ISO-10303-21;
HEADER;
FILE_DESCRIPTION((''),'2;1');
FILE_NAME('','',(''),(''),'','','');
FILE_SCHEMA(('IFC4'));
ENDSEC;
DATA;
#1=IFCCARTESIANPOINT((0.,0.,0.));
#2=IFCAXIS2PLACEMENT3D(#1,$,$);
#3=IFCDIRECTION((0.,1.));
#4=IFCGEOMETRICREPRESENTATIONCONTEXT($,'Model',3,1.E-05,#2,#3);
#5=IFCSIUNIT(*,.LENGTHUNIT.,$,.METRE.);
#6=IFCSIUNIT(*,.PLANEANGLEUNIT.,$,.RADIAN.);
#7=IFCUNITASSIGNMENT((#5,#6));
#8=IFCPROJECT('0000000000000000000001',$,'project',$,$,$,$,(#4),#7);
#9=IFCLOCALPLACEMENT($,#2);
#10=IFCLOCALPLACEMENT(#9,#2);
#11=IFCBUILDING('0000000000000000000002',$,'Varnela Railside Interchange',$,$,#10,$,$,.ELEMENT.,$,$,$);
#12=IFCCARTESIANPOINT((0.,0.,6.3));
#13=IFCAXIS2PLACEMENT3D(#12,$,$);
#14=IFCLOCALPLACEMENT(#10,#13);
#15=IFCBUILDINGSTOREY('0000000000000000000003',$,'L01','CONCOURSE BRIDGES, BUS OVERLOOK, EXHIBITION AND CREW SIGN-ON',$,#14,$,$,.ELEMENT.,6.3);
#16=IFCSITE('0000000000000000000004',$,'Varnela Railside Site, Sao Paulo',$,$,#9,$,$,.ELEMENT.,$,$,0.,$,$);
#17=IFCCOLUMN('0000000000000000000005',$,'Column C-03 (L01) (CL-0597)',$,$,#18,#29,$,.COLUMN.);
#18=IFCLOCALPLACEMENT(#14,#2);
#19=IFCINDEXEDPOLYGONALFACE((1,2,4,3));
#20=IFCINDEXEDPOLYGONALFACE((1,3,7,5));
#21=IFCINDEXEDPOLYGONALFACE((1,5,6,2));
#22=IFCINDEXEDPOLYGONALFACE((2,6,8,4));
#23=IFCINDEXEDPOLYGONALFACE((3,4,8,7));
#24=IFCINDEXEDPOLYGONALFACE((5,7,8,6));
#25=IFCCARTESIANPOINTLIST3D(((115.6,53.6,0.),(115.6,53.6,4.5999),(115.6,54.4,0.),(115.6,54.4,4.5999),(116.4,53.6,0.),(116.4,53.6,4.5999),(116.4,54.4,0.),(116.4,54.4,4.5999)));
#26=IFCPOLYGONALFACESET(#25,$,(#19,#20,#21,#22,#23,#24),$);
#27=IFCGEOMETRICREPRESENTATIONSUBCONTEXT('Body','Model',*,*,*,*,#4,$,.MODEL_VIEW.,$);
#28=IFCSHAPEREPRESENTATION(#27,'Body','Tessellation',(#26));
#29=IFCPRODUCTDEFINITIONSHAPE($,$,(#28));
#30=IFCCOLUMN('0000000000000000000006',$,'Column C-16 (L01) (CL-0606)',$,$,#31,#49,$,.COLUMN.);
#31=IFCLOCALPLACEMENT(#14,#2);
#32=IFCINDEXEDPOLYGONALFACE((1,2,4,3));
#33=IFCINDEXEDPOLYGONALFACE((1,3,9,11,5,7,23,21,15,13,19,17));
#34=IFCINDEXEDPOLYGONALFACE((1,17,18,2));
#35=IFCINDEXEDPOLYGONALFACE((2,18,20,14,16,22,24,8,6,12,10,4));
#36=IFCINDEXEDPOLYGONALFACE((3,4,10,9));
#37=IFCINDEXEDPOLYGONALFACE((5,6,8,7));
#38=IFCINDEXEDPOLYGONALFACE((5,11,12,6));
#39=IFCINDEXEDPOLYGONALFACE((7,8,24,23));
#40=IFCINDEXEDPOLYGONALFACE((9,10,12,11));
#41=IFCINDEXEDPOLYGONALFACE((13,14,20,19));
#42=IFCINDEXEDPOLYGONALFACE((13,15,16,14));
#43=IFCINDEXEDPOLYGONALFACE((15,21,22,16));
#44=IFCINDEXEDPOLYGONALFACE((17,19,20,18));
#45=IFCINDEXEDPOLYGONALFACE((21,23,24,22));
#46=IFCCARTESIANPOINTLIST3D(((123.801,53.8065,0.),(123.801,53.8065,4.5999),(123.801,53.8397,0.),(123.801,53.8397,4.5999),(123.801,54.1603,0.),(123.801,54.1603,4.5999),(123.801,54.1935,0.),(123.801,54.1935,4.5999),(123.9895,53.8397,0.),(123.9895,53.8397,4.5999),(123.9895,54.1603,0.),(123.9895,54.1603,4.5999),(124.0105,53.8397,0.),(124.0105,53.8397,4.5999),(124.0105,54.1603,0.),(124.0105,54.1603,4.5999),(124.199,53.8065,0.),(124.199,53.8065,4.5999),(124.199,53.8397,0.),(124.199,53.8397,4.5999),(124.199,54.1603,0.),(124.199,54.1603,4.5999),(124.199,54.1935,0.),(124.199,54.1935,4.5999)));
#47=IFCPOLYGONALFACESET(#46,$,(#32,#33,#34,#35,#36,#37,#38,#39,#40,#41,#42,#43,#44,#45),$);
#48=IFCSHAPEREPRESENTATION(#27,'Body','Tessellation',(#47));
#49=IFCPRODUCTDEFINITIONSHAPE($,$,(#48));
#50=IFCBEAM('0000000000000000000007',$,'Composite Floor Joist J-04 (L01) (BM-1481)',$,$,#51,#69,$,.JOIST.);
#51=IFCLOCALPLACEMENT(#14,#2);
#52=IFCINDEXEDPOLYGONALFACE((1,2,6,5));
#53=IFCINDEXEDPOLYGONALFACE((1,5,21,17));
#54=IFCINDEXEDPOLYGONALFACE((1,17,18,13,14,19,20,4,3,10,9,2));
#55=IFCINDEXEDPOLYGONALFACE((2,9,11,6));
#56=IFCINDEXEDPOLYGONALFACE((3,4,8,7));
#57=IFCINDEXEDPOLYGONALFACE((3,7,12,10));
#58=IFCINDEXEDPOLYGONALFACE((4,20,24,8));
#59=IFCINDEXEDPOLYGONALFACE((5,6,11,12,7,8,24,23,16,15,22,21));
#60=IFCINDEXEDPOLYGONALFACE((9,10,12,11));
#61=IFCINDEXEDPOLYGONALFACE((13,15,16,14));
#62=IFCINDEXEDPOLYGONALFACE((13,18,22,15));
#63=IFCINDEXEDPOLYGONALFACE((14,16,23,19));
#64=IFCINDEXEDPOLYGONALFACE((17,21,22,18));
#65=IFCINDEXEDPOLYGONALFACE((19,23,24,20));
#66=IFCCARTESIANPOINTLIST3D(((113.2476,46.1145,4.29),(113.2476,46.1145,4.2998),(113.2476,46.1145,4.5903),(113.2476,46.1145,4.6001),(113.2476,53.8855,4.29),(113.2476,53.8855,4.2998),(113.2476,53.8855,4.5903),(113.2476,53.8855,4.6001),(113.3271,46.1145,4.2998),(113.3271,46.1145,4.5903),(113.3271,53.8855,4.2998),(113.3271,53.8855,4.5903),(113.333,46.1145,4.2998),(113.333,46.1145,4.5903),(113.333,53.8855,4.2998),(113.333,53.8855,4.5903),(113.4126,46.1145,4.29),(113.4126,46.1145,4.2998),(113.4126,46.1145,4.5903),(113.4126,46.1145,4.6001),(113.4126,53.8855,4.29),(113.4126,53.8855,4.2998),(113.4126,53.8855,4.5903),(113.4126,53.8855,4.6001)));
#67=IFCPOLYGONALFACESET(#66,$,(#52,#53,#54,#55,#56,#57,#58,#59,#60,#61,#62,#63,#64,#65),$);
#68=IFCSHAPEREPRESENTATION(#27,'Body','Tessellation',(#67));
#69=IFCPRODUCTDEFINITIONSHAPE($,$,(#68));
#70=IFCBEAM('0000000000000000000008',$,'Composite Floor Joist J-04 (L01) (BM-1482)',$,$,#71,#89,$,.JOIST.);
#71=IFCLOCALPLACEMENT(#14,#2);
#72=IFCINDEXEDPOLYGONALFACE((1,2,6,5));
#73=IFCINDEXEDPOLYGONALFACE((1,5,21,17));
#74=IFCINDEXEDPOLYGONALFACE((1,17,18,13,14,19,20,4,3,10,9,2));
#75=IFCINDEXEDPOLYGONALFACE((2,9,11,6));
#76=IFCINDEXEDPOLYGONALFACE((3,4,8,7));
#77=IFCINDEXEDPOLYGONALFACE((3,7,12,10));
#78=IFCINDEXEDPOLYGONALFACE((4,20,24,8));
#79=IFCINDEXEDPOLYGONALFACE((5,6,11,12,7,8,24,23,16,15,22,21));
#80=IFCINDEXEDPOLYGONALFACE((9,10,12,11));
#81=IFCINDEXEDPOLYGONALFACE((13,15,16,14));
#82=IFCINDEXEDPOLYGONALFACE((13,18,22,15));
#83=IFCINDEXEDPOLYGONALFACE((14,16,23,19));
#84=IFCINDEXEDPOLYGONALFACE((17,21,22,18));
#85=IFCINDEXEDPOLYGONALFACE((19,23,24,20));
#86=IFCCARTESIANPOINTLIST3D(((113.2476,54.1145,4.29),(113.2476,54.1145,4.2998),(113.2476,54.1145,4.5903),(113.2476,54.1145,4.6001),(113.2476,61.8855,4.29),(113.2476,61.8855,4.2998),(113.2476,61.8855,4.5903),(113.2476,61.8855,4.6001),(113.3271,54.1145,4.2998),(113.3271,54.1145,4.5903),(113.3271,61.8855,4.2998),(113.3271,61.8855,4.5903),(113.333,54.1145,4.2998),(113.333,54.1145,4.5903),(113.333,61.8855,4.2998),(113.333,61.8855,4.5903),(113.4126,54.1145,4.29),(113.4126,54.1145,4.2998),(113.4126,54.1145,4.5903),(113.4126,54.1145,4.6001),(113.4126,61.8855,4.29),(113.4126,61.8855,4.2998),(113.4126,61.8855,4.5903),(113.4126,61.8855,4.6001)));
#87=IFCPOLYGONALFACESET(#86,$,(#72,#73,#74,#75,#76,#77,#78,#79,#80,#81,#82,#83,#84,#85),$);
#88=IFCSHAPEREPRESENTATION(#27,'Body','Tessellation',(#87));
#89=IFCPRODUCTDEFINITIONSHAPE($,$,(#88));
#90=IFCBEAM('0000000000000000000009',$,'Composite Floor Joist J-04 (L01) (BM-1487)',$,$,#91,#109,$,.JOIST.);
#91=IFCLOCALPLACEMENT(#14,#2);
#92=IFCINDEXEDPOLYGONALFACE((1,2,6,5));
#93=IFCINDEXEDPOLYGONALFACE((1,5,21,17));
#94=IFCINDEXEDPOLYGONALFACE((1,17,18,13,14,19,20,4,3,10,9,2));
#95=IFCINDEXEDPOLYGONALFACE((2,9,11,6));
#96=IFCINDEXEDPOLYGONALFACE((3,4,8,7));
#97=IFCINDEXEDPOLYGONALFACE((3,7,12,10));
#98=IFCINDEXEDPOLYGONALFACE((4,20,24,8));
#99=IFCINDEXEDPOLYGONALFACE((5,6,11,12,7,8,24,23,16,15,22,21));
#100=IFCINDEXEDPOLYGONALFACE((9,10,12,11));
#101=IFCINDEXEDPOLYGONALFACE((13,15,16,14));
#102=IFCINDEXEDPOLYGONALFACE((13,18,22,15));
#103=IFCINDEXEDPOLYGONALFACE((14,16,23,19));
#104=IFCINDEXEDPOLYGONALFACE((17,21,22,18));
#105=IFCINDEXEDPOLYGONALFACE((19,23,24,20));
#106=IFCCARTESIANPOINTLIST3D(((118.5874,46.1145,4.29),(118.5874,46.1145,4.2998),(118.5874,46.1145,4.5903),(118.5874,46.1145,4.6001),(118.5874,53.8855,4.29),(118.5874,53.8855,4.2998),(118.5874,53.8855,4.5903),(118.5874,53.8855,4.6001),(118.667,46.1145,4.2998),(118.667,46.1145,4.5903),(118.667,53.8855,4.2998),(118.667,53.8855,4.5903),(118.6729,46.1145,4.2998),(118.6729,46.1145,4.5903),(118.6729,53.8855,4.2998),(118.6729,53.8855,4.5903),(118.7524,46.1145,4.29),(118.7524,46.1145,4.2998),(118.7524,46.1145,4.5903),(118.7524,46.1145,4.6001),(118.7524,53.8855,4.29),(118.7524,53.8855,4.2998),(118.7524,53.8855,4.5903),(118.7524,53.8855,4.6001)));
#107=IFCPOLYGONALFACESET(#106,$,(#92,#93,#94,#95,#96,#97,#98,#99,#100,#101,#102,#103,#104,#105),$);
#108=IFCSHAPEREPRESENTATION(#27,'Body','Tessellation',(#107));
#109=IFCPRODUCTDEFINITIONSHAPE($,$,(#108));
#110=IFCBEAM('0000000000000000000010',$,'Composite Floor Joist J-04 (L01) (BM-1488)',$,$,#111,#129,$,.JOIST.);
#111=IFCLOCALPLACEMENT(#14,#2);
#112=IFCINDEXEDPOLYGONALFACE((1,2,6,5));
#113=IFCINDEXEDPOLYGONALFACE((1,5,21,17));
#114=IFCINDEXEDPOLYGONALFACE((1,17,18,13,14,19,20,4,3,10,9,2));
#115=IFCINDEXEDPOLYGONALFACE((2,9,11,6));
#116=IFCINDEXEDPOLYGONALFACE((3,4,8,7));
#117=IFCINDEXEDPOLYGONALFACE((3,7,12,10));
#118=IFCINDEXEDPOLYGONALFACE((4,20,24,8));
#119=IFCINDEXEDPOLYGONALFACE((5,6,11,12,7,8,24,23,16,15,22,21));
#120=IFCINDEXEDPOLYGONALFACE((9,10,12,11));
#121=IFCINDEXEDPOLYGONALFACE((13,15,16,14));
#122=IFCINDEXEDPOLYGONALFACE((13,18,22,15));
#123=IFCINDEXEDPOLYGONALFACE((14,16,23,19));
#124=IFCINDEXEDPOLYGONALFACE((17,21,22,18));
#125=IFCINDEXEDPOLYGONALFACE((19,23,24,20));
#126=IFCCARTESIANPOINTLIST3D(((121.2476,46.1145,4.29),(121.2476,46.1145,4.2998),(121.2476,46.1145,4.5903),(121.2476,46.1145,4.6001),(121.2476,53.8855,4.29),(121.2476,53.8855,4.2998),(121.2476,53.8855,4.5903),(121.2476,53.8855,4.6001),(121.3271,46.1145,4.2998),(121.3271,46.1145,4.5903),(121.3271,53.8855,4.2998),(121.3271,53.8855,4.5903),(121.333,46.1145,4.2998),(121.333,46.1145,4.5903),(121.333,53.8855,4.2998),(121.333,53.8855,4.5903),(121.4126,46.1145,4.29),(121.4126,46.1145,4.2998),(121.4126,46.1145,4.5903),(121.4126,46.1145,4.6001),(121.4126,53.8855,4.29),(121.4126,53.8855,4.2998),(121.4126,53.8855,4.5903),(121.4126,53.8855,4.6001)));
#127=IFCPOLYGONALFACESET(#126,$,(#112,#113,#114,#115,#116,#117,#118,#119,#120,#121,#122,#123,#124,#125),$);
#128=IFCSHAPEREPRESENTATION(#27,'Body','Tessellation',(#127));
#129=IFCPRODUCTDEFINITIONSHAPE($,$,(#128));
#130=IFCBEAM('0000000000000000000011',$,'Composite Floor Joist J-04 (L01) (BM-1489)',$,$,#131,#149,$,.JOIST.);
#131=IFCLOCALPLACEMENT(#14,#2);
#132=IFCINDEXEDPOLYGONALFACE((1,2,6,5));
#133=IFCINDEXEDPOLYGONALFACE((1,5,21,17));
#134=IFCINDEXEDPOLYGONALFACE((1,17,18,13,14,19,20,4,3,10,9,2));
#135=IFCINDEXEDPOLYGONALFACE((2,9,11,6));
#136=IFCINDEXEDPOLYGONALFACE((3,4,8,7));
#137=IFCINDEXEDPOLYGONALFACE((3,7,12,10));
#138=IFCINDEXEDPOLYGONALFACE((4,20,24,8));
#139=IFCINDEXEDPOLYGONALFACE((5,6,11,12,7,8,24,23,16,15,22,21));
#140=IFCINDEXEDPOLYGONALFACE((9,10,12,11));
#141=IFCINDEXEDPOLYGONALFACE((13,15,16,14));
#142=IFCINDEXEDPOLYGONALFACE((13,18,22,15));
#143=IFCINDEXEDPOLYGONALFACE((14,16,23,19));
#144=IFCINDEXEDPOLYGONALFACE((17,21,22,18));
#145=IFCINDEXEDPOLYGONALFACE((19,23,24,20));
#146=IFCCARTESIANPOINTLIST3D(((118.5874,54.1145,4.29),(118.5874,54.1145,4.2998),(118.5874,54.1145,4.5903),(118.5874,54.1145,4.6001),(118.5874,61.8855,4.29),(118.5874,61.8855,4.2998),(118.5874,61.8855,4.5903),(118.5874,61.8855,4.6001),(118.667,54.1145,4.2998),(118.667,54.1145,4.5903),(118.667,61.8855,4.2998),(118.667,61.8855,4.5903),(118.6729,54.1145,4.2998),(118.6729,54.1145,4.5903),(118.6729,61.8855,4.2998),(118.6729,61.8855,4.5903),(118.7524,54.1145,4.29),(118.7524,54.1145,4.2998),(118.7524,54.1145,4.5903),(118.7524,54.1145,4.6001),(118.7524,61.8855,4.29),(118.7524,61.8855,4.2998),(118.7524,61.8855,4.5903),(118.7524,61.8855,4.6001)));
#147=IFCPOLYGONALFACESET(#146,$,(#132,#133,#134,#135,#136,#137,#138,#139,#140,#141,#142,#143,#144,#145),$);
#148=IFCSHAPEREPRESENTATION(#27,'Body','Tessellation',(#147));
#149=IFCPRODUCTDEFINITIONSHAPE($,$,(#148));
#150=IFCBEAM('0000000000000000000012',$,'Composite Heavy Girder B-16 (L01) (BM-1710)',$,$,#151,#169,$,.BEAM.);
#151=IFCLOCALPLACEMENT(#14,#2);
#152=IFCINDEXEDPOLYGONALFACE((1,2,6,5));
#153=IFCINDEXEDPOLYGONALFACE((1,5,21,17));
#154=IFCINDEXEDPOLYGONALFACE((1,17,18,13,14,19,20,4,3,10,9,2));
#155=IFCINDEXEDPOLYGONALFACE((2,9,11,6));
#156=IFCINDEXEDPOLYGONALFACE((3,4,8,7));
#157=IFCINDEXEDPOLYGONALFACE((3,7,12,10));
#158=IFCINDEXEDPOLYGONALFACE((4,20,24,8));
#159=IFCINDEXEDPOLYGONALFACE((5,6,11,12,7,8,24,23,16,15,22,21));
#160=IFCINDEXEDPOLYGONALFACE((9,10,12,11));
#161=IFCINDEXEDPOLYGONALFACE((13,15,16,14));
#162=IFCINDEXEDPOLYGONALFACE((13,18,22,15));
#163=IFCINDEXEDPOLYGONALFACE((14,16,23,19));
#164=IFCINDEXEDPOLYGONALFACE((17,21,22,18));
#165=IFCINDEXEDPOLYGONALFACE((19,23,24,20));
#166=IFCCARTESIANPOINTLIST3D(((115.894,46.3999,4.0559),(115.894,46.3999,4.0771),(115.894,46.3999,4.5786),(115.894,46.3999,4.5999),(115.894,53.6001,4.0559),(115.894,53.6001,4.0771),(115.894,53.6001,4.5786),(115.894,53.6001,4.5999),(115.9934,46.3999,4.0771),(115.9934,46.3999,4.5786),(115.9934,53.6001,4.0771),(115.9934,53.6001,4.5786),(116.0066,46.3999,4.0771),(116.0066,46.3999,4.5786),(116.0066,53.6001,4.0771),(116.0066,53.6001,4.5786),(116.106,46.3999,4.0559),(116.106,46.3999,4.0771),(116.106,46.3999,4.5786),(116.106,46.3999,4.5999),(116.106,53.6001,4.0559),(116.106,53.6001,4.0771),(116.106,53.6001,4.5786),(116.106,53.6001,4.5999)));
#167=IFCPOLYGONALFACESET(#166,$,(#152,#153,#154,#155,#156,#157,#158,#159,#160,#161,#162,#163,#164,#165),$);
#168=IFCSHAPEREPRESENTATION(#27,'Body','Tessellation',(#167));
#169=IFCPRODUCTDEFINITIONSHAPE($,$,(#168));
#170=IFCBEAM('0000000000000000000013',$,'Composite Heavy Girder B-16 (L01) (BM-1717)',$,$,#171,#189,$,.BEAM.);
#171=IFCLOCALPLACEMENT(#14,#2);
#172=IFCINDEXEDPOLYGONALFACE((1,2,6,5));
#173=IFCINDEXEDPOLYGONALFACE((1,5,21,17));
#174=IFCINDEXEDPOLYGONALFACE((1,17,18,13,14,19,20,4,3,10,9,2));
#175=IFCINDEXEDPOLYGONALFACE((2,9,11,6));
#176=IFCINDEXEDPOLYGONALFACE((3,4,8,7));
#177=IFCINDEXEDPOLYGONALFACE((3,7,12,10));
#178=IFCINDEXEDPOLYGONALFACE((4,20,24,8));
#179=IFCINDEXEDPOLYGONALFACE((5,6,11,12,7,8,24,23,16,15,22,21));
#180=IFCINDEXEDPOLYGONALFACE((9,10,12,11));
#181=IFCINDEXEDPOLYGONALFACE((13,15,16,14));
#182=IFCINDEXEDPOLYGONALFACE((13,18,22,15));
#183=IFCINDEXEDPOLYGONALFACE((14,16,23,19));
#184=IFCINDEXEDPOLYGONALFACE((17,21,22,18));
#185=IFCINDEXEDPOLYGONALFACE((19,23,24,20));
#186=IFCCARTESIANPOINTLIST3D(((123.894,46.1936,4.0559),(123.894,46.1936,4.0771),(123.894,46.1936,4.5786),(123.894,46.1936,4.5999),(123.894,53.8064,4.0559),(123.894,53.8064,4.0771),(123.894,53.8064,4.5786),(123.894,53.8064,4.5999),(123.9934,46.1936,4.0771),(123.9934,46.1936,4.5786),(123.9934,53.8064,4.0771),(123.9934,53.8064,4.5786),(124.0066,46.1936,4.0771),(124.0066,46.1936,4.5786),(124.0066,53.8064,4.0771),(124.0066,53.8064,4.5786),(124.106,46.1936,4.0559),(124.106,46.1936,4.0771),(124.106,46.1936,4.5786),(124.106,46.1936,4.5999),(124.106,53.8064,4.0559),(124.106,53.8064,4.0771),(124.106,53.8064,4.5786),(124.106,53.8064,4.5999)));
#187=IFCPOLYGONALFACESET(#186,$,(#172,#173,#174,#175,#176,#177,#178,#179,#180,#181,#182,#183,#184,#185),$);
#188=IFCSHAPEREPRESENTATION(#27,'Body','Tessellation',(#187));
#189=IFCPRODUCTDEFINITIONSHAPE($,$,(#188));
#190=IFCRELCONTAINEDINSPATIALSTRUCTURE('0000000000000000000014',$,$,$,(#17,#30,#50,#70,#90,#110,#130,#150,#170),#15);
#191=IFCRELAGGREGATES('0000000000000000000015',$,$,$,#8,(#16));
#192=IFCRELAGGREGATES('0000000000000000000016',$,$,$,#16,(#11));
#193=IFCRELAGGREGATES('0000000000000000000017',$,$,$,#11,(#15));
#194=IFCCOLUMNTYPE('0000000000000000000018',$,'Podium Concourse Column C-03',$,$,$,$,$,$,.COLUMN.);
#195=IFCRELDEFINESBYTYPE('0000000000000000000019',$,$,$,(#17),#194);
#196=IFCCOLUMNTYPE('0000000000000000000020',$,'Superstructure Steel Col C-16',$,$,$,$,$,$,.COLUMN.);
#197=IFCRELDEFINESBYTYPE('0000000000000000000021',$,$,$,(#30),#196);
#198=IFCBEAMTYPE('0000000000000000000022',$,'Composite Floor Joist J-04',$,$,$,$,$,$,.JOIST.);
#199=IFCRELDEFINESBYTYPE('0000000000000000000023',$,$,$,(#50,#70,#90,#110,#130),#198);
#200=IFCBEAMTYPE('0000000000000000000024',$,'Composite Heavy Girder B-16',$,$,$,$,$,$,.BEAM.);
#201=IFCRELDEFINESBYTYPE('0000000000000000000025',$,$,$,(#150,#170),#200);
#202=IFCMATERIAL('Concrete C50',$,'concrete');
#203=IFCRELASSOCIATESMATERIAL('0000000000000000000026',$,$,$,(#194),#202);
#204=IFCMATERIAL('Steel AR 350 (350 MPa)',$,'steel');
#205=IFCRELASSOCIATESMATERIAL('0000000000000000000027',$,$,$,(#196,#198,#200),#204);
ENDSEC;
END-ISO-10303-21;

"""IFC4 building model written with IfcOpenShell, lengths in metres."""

from ifc_helpers import new_model, si_unit, direction, frame, origin, origin_2d, place, context, subcontext, project, spatial, rectangle, i_section, extrude, material, material_profile, profile_set, type_object, element, save


model = new_model("IFC4")

# Units and contexts
model_context = context("Model", 3, precision=1e-05, world=origin(), true_north=direction((0.0, 1.0)))
body_context = subcontext(model_context, "Body", "Model", "MODEL_VIEW")
ifc_project = project(units=[si_unit("LENGTHUNIT", "METRE"), si_unit("PLANEANGLEUNIT", "RADIAN")], contexts=[model_context])

# Site, building, storey
site_placement = place(None, origin())
site = spatial("IfcSite", under=ifc_project, at=site_placement, Name="Varnela Railside Site, Sao Paulo", CompositionType="ELEMENT", RefElevation=0.0)
building_placement = place(site_placement, origin())
building = spatial("IfcBuilding", under=site, at=building_placement, Name="Varnela Railside Interchange", CompositionType="ELEMENT")
storey_placement = place(building_placement, frame((0.0, 0.0, 6.3)))
storey = spatial("IfcBuildingStorey", under=building, at=storey_placement, Name="L01", Description="CONCOURSE BRIDGES, BUS OVERLOOK, EXHIBITION AND CREW SIGN-ON", CompositionType="ELEMENT", Elevation=6.3)

# Columns
ifc_material_1 = material(Name="Concrete C50", Category="concrete")
ifc_material_profile_1 = material_profile(ifc_material_1, rectangle(XDim=0.8, YDim=0.8, at=origin_2d()), Name="RC 800x800")
ifc_profile_set_1 = profile_set([ifc_material_profile_1], Name="Concrete C50")
column_type_1 = type_object("IfcColumnType", Name="Podium Concourse Column C-03", PredefinedType="COLUMN", material=ifc_profile_set_1)
column_1_placement = place(storey_placement, frame((116.0, 54.0, 0.0), z_axis=(0.0, 0.0, 1.0), x_axis=(1.0, 0.0, 0.0)))
element("IfcColumn", 1, at=column_1_placement, inside=storey, type_object=column_type_1, Name="Column C-03 (L01) (CL-0597)", PredefinedType="COLUMN", context=body_context, shape_type="SweptSolid", body=[
    extrude(rectangle(XDim=0.8, YDim=0.8, at=origin_2d()), origin(), (0.0, 0.0, 1.0), 4.5999),
])
ifc_material_2 = material(Name="Steel AR 350 (350 MPa)", Category="steel")
ifc_material_profile_2 = material_profile(ifc_material_2, i_section(OverallWidth=0.3979, OverallDepth=0.387, WebThickness=0.021, FlangeThickness=0.0332, at=origin_2d()), Name="W360x262")
ifc_profile_set_2 = profile_set([ifc_material_profile_2], Name="Steel AR 350 (350 MPa)")
column_type_2 = type_object("IfcColumnType", Name="Superstructure Steel Col C-16", PredefinedType="COLUMN", material=ifc_profile_set_2)
column_2_placement = place(storey_placement, frame((124.0, 54.0, 0.0), z_axis=(0.0, 0.0, 1.0), x_axis=(1.0, 0.0, 0.0)))
element("IfcColumn", 2, at=column_2_placement, inside=storey, type_object=column_type_2, Name="Column C-16 (L01) (CL-0606)", PredefinedType="COLUMN", context=body_context, shape_type="SweptSolid", body=[
    extrude(i_section(OverallWidth=0.3979, OverallDepth=0.387, WebThickness=0.021, FlangeThickness=0.0332, at=origin_2d()), origin(), (0.0, 0.0, 1.0), 4.5999),
])

# Beams
ifc_material_profile_3 = material_profile(ifc_material_2, i_section(OverallWidth=0.165, OverallDepth=0.3101, WebThickness=0.0059, FlangeThickness=0.0098, at=origin_2d()), Name="W310x38.7")
ifc_profile_set_3 = profile_set([ifc_material_profile_3], Name="Steel AR 350 (350 MPa)")
beam_type_1 = type_object("IfcBeamType", Name="Composite Floor Joist J-04", PredefinedType="JOIST", material=ifc_profile_set_3)
for number, where, z_axis, x_axis, name in (
    (3, (113.3301, 46.1145, 4.4451), (0.0, 1.0, 0.0), (-1.0, 0.0, 0.0), "Composite Floor Joist J-04 (L01) (BM-1481)"),
    (4, (113.3301, 54.1145, 4.4451), (0.0, 1.0, 0.0), (-1.0, 0.0, 0.0), "Composite Floor Joist J-04 (L01) (BM-1482)"),
    (5, (118.6699, 46.1145, 4.4451), (0.0, 1.0, 0.0), (-1.0, 0.0, 0.0), "Composite Floor Joist J-04 (L01) (BM-1487)"),
    (6, (121.3301, 46.1145, 4.4451), (0.0, 1.0, 0.0), (-1.0, 0.0, 0.0), "Composite Floor Joist J-04 (L01) (BM-1488)"),
    (7, (118.6699, 54.1145, 4.4451), (0.0, 1.0, 0.0), (-1.0, 0.0, 0.0), "Composite Floor Joist J-04 (L01) (BM-1489)"),
):
    element("IfcBeam", number, at=place(storey_placement, frame(where, z_axis=z_axis, x_axis=x_axis)), inside=storey, type_object=beam_type_1, Name=name, PredefinedType="JOIST", context=body_context, shape_type="SweptSolid", body=[
        extrude(i_section(OverallWidth=0.165, OverallDepth=0.3101, WebThickness=0.0059, FlangeThickness=0.0098, at=origin_2d()), origin(), (0.0, 0.0, 1.0), 7.771),
    ])
ifc_material_profile_4 = material_profile(ifc_material_2, i_section(OverallWidth=0.2119, OverallDepth=0.5439, WebThickness=0.0132, FlangeThickness=0.0212, at=origin_2d()), Name="W530x123")
ifc_profile_set_4 = profile_set([ifc_material_profile_4], Name="Steel AR 350 (350 MPa)")
beam_type_2 = type_object("IfcBeamType", Name="Composite Heavy Girder B-16", PredefinedType="BEAM", material=ifc_profile_set_4)
beam_1_placement = place(storey_placement, frame((116.0, 46.3999, 4.3279), z_axis=(0.0, 1.0, 0.0), x_axis=(-1.0, 0.0, 0.0)))
element("IfcBeam", 8, at=beam_1_placement, inside=storey, type_object=beam_type_2, Name="Composite Heavy Girder B-16 (L01) (BM-1710)", PredefinedType="BEAM", context=body_context, shape_type="SweptSolid", body=[
    extrude(i_section(OverallWidth=0.2119, OverallDepth=0.5439, WebThickness=0.0132, FlangeThickness=0.0212, at=origin_2d()), origin(), (0.0, 0.0, 1.0), 7.2002),
])
beam_2_placement = place(storey_placement, frame((124.0, 46.1936, 4.3279), z_axis=(0.0, 1.0, 0.0), x_axis=(-1.0, 0.0, 0.0)))
element("IfcBeam", 9, at=beam_2_placement, inside=storey, type_object=beam_type_2, Name="Composite Heavy Girder B-16 (L01) (BM-1717)", PredefinedType="BEAM", context=body_context, shape_type="SweptSolid", body=[
    extrude(i_section(OverallWidth=0.2119, OverallDepth=0.5439, WebThickness=0.0132, FlangeThickness=0.0212, at=origin_2d()), origin(), (0.0, 0.0, 1.0), 7.6128),
])

save(model, "model.ifc")
